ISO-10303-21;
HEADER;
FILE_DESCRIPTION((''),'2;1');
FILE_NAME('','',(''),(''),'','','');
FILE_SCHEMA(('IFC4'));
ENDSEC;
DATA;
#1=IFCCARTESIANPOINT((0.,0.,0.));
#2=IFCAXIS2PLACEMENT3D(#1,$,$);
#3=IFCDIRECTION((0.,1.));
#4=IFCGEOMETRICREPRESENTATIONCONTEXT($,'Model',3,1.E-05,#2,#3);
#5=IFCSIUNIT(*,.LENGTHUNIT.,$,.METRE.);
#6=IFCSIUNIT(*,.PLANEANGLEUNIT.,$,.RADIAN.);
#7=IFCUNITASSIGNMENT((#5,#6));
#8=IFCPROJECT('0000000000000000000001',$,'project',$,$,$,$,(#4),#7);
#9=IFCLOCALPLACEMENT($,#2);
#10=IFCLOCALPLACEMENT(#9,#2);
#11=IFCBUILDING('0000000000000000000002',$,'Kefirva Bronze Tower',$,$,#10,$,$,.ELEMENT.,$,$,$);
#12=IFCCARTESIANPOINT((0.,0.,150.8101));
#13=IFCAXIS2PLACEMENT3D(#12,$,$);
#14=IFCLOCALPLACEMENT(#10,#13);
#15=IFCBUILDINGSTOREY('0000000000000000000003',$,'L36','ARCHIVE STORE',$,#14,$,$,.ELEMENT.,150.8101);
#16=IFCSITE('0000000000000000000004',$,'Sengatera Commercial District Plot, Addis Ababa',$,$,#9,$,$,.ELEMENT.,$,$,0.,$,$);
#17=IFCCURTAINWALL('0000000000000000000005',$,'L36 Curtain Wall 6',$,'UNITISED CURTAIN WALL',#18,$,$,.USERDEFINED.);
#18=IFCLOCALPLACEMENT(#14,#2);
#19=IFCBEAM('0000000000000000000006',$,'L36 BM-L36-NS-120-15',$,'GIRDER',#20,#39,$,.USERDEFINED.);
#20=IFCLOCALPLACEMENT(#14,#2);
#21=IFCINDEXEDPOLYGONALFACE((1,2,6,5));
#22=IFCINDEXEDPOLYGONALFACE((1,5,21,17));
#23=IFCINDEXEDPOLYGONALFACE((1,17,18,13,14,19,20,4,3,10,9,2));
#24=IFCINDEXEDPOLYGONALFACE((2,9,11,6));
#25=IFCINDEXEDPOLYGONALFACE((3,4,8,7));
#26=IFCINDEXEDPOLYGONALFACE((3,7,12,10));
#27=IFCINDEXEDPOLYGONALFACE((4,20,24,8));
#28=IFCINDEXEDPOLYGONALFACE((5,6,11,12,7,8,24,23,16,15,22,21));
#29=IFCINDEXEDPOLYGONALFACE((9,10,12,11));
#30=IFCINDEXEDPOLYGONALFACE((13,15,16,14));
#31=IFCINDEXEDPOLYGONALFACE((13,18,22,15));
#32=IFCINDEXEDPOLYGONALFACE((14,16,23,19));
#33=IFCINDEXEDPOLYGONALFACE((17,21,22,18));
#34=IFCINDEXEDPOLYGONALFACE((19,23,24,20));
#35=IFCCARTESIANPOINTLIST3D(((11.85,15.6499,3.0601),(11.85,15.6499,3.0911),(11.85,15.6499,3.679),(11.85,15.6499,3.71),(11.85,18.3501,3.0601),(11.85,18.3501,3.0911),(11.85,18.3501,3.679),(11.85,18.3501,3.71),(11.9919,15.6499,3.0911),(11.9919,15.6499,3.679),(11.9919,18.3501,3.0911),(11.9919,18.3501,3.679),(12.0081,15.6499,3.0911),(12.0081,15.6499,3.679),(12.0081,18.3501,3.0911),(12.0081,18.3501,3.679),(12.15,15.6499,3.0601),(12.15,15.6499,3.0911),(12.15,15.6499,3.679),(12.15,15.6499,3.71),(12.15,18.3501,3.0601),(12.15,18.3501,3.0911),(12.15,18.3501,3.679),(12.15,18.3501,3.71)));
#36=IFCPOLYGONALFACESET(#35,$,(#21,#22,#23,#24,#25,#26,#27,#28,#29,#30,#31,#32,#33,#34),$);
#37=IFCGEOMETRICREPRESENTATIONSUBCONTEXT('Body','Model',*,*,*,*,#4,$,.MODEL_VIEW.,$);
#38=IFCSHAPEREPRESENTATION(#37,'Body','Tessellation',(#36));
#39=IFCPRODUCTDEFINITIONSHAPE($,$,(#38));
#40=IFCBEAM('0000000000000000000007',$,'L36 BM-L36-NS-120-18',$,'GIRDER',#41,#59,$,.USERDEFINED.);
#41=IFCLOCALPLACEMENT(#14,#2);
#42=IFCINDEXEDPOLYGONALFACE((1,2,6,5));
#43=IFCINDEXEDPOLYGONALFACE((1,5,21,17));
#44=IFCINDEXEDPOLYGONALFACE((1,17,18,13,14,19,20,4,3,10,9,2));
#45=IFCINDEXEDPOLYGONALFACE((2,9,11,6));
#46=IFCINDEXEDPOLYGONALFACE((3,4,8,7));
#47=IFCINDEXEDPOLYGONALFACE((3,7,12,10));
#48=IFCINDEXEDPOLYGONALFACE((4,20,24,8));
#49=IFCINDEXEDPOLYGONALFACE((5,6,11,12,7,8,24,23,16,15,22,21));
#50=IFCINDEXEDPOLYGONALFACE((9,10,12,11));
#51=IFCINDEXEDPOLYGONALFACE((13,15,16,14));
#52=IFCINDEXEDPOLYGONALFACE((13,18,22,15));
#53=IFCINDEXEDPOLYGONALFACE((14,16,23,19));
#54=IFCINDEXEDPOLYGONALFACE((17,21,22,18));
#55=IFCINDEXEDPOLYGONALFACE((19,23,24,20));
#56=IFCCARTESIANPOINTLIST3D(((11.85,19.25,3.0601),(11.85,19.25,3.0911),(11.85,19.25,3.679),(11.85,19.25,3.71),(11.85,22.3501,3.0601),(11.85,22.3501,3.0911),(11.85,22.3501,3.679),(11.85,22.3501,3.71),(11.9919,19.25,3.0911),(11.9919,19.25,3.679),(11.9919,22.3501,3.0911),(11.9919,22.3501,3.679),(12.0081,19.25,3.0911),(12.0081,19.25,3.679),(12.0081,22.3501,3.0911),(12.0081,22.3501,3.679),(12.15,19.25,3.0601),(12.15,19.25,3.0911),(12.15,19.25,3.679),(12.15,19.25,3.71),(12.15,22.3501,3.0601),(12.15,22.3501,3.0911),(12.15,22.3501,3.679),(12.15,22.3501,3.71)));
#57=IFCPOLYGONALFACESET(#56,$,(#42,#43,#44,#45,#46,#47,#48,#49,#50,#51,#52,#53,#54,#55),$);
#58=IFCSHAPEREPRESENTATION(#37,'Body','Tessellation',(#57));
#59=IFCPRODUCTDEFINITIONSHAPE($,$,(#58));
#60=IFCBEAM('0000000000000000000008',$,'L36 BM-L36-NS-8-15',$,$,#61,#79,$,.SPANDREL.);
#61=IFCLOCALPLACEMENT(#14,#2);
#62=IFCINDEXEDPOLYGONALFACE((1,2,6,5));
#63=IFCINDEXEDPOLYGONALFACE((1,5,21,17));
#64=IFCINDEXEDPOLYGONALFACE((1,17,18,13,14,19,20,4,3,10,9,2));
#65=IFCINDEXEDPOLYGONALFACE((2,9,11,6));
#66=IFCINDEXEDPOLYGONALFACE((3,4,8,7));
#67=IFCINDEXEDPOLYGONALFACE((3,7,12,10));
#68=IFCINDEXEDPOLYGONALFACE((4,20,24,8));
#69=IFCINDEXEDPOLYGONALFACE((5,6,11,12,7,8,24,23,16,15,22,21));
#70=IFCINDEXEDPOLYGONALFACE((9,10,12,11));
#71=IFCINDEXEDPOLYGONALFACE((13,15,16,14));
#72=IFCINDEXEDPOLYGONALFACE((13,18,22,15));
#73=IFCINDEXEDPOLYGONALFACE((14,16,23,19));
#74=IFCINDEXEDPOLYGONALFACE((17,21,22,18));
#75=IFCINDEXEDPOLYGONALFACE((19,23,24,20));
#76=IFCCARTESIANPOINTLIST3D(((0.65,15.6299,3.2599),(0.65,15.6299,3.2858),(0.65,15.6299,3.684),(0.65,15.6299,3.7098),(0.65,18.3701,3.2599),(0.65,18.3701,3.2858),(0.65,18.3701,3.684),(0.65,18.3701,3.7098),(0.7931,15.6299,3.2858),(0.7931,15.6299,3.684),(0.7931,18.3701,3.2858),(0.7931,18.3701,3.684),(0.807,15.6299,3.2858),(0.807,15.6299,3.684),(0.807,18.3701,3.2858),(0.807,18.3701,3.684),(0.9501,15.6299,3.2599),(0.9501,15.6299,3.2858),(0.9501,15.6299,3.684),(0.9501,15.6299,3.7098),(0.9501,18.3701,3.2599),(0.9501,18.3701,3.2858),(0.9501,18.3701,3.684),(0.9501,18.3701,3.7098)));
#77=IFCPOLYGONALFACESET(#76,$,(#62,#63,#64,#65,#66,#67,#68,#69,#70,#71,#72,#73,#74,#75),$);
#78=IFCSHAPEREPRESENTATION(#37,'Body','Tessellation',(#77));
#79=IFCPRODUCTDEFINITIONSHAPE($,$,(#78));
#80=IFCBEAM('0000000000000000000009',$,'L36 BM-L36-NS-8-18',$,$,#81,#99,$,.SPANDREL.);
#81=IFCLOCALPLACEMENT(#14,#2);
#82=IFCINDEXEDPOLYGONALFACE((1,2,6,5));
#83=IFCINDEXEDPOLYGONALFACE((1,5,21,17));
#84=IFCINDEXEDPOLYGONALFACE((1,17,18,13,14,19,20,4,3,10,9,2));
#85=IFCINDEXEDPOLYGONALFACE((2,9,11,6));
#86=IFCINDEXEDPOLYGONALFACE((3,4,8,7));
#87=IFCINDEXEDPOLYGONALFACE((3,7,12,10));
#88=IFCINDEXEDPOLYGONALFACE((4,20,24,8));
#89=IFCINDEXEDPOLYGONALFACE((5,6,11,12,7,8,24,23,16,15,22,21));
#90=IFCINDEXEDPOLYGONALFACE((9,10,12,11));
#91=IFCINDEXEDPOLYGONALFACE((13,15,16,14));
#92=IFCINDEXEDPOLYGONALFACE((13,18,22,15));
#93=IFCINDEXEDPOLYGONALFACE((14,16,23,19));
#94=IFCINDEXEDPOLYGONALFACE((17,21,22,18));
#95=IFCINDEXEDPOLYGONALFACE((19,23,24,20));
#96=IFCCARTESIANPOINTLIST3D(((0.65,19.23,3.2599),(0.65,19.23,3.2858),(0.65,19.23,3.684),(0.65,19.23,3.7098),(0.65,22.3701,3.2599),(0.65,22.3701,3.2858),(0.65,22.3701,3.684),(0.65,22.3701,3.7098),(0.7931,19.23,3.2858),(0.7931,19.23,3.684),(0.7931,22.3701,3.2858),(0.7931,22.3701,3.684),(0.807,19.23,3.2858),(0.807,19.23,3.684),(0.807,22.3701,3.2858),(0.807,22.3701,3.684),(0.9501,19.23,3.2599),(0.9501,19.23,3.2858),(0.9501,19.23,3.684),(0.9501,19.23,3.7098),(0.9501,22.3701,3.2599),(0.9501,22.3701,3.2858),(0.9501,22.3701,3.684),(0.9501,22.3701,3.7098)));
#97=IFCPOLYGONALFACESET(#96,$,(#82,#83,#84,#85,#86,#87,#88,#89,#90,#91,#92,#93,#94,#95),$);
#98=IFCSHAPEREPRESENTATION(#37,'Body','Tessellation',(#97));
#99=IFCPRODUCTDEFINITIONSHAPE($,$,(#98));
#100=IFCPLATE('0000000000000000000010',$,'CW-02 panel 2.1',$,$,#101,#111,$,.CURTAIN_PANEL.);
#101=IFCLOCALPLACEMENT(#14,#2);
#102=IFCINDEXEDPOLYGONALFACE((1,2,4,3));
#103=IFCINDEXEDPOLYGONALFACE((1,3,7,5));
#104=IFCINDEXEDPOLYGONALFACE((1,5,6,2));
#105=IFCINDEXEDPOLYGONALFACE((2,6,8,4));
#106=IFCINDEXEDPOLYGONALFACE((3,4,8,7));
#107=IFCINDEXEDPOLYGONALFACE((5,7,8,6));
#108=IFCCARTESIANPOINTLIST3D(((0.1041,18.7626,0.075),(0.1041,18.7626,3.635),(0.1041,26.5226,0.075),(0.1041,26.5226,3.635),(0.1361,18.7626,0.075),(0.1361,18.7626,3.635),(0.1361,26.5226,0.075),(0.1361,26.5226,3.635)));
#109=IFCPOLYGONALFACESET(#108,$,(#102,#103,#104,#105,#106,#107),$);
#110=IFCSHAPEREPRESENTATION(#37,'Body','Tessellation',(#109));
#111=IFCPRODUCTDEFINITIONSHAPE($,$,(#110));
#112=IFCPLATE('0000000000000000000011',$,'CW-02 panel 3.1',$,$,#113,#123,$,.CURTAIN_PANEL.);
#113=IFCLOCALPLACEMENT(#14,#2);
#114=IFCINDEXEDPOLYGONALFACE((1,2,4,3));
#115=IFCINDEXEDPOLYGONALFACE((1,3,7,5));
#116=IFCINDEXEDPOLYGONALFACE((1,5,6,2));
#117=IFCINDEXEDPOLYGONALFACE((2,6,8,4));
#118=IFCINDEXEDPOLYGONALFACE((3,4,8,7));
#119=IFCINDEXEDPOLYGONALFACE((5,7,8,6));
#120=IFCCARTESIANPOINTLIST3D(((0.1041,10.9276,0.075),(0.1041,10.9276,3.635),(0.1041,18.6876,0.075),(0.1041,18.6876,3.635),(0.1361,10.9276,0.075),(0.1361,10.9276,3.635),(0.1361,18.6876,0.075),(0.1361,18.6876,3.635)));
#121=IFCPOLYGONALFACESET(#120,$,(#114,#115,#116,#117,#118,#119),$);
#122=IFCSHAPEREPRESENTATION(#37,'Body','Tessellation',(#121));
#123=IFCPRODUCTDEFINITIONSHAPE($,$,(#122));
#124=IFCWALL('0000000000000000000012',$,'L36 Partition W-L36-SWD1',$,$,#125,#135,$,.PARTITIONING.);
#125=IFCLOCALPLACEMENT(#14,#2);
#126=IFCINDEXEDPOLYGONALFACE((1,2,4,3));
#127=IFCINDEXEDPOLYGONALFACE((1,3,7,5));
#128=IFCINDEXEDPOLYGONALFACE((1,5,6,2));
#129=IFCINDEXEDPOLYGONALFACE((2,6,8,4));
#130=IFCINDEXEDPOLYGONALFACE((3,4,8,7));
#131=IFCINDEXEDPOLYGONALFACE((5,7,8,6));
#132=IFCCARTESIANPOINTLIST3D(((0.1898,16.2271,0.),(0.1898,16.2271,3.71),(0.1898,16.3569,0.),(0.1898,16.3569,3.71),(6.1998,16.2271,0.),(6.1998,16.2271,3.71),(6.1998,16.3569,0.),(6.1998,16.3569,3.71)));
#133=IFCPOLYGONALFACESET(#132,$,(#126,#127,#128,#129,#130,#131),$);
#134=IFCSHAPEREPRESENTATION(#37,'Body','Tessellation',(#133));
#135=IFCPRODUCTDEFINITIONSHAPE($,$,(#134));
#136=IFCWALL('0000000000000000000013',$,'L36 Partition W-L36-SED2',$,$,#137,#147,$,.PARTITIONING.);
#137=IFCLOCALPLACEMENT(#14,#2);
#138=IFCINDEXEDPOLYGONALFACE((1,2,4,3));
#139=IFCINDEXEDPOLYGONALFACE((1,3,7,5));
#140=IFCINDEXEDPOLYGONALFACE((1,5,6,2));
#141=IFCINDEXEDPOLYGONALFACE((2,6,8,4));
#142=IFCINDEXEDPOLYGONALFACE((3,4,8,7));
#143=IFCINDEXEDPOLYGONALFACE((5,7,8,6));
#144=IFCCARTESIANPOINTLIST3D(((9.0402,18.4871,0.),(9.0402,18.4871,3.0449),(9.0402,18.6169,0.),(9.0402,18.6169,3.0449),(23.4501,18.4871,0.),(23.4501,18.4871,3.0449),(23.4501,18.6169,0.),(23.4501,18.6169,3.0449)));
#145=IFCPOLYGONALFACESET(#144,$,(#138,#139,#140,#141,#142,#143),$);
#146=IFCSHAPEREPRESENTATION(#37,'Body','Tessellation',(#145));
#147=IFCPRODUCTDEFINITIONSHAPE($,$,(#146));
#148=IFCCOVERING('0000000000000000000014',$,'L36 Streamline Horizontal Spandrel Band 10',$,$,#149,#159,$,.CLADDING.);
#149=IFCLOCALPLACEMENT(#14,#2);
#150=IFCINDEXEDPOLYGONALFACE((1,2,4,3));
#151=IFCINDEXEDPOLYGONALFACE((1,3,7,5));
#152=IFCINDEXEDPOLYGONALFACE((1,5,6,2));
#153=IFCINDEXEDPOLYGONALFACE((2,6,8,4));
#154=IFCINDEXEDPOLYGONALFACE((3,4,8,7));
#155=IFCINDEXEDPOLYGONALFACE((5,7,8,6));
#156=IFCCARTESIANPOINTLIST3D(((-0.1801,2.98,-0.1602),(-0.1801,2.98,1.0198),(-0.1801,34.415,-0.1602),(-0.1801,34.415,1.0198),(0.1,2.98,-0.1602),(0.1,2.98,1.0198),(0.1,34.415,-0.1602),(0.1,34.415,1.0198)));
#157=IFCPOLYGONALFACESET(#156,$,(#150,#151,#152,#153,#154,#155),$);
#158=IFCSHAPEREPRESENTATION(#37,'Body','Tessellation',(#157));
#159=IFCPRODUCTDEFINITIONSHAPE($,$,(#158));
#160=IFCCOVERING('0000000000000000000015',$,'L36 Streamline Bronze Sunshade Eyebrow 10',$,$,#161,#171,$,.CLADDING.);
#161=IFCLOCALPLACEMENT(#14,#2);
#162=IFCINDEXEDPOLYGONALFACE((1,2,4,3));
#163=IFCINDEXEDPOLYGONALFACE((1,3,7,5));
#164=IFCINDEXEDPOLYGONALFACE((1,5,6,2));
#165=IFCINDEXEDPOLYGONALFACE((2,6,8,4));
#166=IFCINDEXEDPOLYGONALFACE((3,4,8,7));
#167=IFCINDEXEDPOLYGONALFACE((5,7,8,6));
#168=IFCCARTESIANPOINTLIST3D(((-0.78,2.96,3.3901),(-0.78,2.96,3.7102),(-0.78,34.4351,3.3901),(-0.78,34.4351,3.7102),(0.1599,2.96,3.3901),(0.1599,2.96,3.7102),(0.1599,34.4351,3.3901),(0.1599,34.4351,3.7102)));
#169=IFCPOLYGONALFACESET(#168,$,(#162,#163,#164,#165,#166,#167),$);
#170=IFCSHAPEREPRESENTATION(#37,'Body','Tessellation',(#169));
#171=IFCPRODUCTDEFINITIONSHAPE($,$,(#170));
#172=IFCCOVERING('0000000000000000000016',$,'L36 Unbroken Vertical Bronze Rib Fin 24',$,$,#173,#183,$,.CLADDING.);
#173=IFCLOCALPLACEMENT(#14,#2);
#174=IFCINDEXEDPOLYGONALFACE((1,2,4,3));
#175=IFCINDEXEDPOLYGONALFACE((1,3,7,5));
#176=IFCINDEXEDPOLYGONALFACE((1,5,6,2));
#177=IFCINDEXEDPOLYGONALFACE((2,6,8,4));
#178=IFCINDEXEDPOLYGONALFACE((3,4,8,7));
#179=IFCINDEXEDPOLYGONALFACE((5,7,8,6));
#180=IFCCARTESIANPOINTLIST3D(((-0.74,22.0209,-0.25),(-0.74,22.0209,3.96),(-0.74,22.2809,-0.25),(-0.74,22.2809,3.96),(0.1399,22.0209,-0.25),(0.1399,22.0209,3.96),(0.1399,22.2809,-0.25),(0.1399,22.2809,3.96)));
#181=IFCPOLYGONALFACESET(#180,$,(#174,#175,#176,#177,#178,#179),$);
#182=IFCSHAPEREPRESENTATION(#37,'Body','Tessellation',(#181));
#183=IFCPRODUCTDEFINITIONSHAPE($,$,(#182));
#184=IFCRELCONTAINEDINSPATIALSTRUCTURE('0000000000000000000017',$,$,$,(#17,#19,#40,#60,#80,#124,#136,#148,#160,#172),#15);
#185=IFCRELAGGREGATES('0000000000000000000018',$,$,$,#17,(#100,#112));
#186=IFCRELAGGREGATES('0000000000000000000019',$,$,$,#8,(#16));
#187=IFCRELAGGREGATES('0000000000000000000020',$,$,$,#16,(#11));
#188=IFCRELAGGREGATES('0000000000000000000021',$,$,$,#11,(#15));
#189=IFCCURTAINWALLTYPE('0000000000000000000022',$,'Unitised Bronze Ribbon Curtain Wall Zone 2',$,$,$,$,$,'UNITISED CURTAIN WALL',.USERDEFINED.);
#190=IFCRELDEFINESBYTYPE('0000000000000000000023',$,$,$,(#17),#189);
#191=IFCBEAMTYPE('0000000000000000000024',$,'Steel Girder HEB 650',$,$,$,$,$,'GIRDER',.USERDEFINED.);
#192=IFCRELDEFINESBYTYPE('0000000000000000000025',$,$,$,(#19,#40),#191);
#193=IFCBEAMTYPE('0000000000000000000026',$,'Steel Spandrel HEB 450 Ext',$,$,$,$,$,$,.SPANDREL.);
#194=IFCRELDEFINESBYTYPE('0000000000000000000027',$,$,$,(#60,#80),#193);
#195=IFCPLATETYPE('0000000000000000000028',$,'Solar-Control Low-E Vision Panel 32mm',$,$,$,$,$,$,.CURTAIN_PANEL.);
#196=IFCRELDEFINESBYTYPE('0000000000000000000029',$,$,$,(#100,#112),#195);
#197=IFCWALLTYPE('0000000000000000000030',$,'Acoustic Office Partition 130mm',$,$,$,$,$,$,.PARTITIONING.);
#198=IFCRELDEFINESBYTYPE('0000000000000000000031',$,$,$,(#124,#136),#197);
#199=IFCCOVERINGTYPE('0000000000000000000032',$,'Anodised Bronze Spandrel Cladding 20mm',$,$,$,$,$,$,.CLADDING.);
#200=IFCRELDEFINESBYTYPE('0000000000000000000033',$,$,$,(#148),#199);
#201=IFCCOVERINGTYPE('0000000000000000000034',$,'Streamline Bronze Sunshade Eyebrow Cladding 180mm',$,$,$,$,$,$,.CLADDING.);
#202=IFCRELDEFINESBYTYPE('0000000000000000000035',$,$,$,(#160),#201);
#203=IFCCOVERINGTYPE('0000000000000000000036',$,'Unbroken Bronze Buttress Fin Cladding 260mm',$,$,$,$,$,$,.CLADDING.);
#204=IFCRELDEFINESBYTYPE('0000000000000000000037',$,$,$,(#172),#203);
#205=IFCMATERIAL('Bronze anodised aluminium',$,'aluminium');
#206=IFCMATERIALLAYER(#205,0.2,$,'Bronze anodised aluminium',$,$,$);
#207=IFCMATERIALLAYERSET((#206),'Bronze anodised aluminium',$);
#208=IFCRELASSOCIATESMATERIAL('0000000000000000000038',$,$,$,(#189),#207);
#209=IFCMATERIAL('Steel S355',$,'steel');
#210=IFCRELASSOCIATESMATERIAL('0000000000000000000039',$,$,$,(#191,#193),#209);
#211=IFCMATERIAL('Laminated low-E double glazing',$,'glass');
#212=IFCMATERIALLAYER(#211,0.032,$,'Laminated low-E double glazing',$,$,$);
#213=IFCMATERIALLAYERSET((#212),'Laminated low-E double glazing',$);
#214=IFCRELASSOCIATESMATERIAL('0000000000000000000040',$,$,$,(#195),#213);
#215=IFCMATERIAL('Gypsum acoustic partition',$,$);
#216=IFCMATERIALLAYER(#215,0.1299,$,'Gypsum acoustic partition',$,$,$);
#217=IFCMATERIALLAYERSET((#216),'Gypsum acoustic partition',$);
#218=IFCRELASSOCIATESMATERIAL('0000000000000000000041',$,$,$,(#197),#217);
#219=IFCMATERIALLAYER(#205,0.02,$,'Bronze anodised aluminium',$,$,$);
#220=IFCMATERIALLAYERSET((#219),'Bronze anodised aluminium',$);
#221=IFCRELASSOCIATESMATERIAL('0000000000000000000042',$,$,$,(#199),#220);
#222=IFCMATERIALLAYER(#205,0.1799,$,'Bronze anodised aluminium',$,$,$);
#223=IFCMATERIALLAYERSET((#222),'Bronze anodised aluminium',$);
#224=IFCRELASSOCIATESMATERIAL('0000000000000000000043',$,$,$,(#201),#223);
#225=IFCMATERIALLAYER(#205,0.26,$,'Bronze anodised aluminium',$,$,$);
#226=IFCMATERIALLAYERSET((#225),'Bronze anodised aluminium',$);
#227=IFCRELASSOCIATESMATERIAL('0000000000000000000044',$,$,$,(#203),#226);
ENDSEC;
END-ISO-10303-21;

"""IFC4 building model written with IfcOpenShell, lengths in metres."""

from ifc_helpers import new_model, si_unit, direction, frame, frame_2d, origin, origin_2d, place, context, subcontext, project, spatial, rectangle, i_section, extrude, material, layer, layer_set, material_profile, profile_set, type_object, element, aggregate, save


model = new_model("IFC4")

# Units and contexts
model_context = context("Model", 3, precision=1e-05, world=origin(), true_north=direction((0.0, 1.0)))
body_context = subcontext(model_context, "Body", "Model", "MODEL_VIEW")
ifc_project = project(units=[si_unit("LENGTHUNIT", "METRE"), si_unit("PLANEANGLEUNIT", "RADIAN")], contexts=[model_context])

# Site, building, storey
site_placement = place(None, origin())
site = spatial("IfcSite", under=ifc_project, at=site_placement, Name="Sengatera Commercial District Plot, Addis Ababa", CompositionType="ELEMENT", RefElevation=0.0)
building_placement = place(site_placement, origin())
building = spatial("IfcBuilding", under=site, at=building_placement, Name="Kefirva Bronze Tower", CompositionType="ELEMENT")
storey_placement = place(building_placement, frame((0.0, 0.0, 150.8101)))
storey = spatial("IfcBuildingStorey", under=building, at=storey_placement, Name="L36", Description="ARCHIVE STORE", CompositionType="ELEMENT", Elevation=150.8101)

# Curtain wall
ifc_material_1 = material(Name="Bronze anodised aluminium", Category="aluminium")
ifc_layer_1 = layer(ifc_material_1, 0.2, Name="Bronze anodised aluminium")
ifc_layer_set_1 = layer_set([ifc_layer_1], Name="Bronze anodised aluminium")
curtain_wall_type = type_object("IfcCurtainWallType", Name="Unitised Bronze Ribbon Curtain Wall Zone 2", ElementType="UNITISED CURTAIN WALL", PredefinedType="USERDEFINED", material=ifc_layer_set_1)
curtain_wall_placement = place(storey_placement, origin())
curtain_wall = element("IfcCurtainWall", 1, at=curtain_wall_placement, inside=storey, type_object=curtain_wall_type, Name="L36 Curtain Wall 6", ObjectType="UNITISED CURTAIN WALL", PredefinedType="USERDEFINED")

# Beams
ifc_material_2 = material(Name="Steel S355", Category="steel")
ifc_material_profile_1 = material_profile(ifc_material_2, i_section(OverallWidth=0.3, OverallDepth=0.6499, WebThickness=0.0161, FlangeThickness=0.031, at=origin_2d()), Name="HEB 650")
ifc_profile_set_1 = profile_set([ifc_material_profile_1], Name="Steel S355")
beam_type_1 = type_object("IfcBeamType", Name="Steel Girder HEB 650", ElementType="GIRDER", PredefinedType="USERDEFINED", material=ifc_profile_set_1)
beam_1_placement = place(storey_placement, frame((12.0, 15.6499, 3.385), z_axis=(0.0, 1.0, 0.0), x_axis=(-1.0, 0.0, 0.0)))
element("IfcBeam", 2, at=beam_1_placement, inside=storey, type_object=beam_type_1, Name="L36 BM-L36-NS-120-15", ObjectType="GIRDER", PredefinedType="USERDEFINED", context=body_context, shape_type="SweptSolid", body=[
    extrude(i_section(OverallWidth=0.3, OverallDepth=0.6499, WebThickness=0.0161, FlangeThickness=0.031, at=origin_2d()), origin(), (0.0, 0.0, 1.0), 2.7002),
])
beam_2_placement = place(storey_placement, frame((12.0, 19.25, 3.385), z_axis=(0.0, 1.0, 0.0), x_axis=(-1.0, 0.0, 0.0)))
element("IfcBeam", 3, at=beam_2_placement, inside=storey, type_object=beam_type_1, Name="L36 BM-L36-NS-120-18", ObjectType="GIRDER", PredefinedType="USERDEFINED", context=body_context, shape_type="SweptSolid", body=[
    extrude(i_section(OverallWidth=0.3, OverallDepth=0.6499, WebThickness=0.0161, FlangeThickness=0.031, at=origin_2d()), origin(), (0.0, 0.0, 1.0), 3.1001),
])
ifc_material_profile_2 = material_profile(ifc_material_2, i_section(OverallWidth=0.3, OverallDepth=0.45, WebThickness=0.0139, FlangeThickness=0.0259, at=origin_2d()), Name="HEB 450")
ifc_profile_set_2 = profile_set([ifc_material_profile_2], Name="Steel S355")
beam_type_2 = type_object("IfcBeamType", Name="Steel Spandrel HEB 450 Ext", PredefinedType="SPANDREL", material=ifc_profile_set_2)
beam_3_placement = place(storey_placement, frame((0.8, 15.6299, 3.4849), z_axis=(0.0, 1.0, 0.0), x_axis=(-1.0, 0.0, 0.0)))
element("IfcBeam", 4, at=beam_3_placement, inside=storey, type_object=beam_type_2, Name="L36 BM-L36-NS-8-15", PredefinedType="SPANDREL", context=body_context, shape_type="SweptSolid", body=[
    extrude(i_section(OverallWidth=0.3, OverallDepth=0.45, WebThickness=0.0139, FlangeThickness=0.0259, at=origin_2d()), origin(), (0.0, 0.0, 1.0), 2.7402),
])
beam_4_placement = place(storey_placement, frame((0.8, 19.23, 3.4849), z_axis=(0.0, 1.0, 0.0), x_axis=(-1.0, 0.0, 0.0)))
element("IfcBeam", 5, at=beam_4_placement, inside=storey, type_object=beam_type_2, Name="L36 BM-L36-NS-8-18", PredefinedType="SPANDREL", context=body_context, shape_type="SweptSolid", body=[
    extrude(i_section(OverallWidth=0.3, OverallDepth=0.45, WebThickness=0.0139, FlangeThickness=0.0259, at=origin_2d()), origin(), (0.0, 0.0, 1.0), 3.1401),
])

# Plates
ifc_material_3 = material(Name="Laminated low-E double glazing", Category="glass")
ifc_layer_2 = layer(ifc_material_3, 0.032, Name="Laminated low-E double glazing")
ifc_layer_set_2 = layer_set([ifc_layer_2], Name="Laminated low-E double glazing")
plate_type = type_object("IfcPlateType", Name="Solar-Control Low-E Vision Panel 32mm", PredefinedType="CURTAIN_PANEL", material=ifc_layer_set_2)
plate_1_placement = place(storey_placement, frame((0.1201, 22.6426, 0.075), z_axis=(0.0, 0.0, 1.0), x_axis=(0.0, -1.0, 0.0)))
plate_1 = element("IfcPlate", 6, at=plate_1_placement, type_object=plate_type, Name="CW-02 panel 2.1", PredefinedType="CURTAIN_PANEL", context=body_context, shape_type="SweptSolid", body=[
    extrude(rectangle(XDim=7.76, YDim=0.032, at=origin_2d()), origin(), (0.0, 0.0, 1.0), 3.5601),
])
plate_2_placement = place(storey_placement, frame((0.1201, 14.8076, 0.075), z_axis=(0.0, 0.0, 1.0), x_axis=(0.0, -1.0, 0.0)))
plate_2 = element("IfcPlate", 7, at=plate_2_placement, type_object=plate_type, Name="CW-02 panel 3.1", PredefinedType="CURTAIN_PANEL", context=body_context, shape_type="SweptSolid", body=[
    extrude(rectangle(XDim=7.76, YDim=0.032, at=origin_2d()), origin(), (0.0, 0.0, 1.0), 3.5601),
])
aggregate(curtain_wall, [plate_1, plate_2])

# Walls
ifc_material_4 = material(Name="Gypsum acoustic partition")
ifc_layer_3 = layer(ifc_material_4, 0.1299, Name="Gypsum acoustic partition")
ifc_layer_set_3 = layer_set([ifc_layer_3], Name="Gypsum acoustic partition")
wall_type = type_object("IfcWallType", Name="Acoustic Office Partition 130mm", PredefinedType="PARTITIONING", material=ifc_layer_set_3)
wall_1_placement = place(storey_placement, frame((0.1899, 16.292, 0.0), z_axis=(0.0, 0.0, 1.0), x_axis=(1.0, 0.0, 0.0)))
element("IfcWall", 8, at=wall_1_placement, inside=storey, type_object=wall_type, Name="L36 Partition W-L36-SWD1", PredefinedType="PARTITIONING", context=body_context, shape_type="SweptSolid", body=[
    extrude(rectangle(XDim=6.01, YDim=0.1299, at=frame_2d((3.0049, 0.0))), origin(), (0.0, 0.0, 1.0), 3.71),
])
wall_2_placement = place(storey_placement, frame((9.04, 18.552, 0.0), z_axis=(0.0, 0.0, 1.0), x_axis=(1.0, 0.0, 0.0)))
element("IfcWall", 9, at=wall_2_placement, inside=storey, type_object=wall_type, Name="L36 Partition W-L36-SED2", PredefinedType="PARTITIONING", context=body_context, shape_type="SweptSolid", body=[
    extrude(rectangle(XDim=14.4099, YDim=0.1299, at=frame_2d((7.2051, 0.0))), origin(), (0.0, 0.0, 1.0), 3.0449),
])

# Coverings
ifc_layer_4 = layer(ifc_material_1, 0.02, Name="Bronze anodised aluminium")
ifc_layer_set_4 = layer_set([ifc_layer_4], Name="Bronze anodised aluminium")
covering_type_1 = type_object("IfcCoveringType", Name="Anodised Bronze Spandrel Cladding 20mm", PredefinedType="CLADDING", material=ifc_layer_set_4)
covering_1_placement = place(storey_placement, frame((-0.04, 18.6975, -0.1602), z_axis=(0.0, 0.0, 1.0), x_axis=(0.0, -1.0, 0.0)))
element("IfcCovering", 10, at=covering_1_placement, inside=storey, type_object=covering_type_1, Name="L36 Streamline Horizontal Spandrel Band 10", PredefinedType="CLADDING", context=body_context, shape_type="SweptSolid", body=[
    extrude(rectangle(XDim=31.4351, YDim=0.28, at=origin_2d()), origin(), (0.0, 0.0, 1.0), 1.1799),
])
ifc_layer_5 = layer(ifc_material_1, 0.1799, Name="Bronze anodised aluminium")
ifc_layer_set_5 = layer_set([ifc_layer_5], Name="Bronze anodised aluminium")
covering_type_2 = type_object("IfcCoveringType", Name="Streamline Bronze Sunshade Eyebrow Cladding 180mm", PredefinedType="CLADDING", material=ifc_layer_set_5)
covering_2_placement = place(storey_placement, frame((-0.3101, 18.6975, 3.3901), z_axis=(0.0, 0.0, 1.0), x_axis=(0.0, -1.0, 0.0)))
element("IfcCovering", 11, at=covering_2_placement, inside=storey, type_object=covering_type_2, Name="L36 Streamline Bronze Sunshade Eyebrow 10", PredefinedType="CLADDING", context=body_context, shape_type="SweptSolid", body=[
    extrude(rectangle(XDim=31.4751, YDim=0.9399, at=origin_2d()), origin(), (0.0, 0.0, 1.0), 0.3201),
])
ifc_layer_6 = layer(ifc_material_1, 0.26, Name="Bronze anodised aluminium")
ifc_layer_set_6 = layer_set([ifc_layer_6], Name="Bronze anodised aluminium")
covering_type_3 = type_object("IfcCoveringType", Name="Unbroken Bronze Buttress Fin Cladding 260mm", PredefinedType="CLADDING", material=ifc_layer_set_6)
for number, where, z_axis, x_axis, name in (
    (12, (-0.3, 22.1509, -0.25), (0.0, 0.0, 1.0), (0.0, -1.0, 0.0), "L36 Unbroken Vertical Bronze Rib Fin 24"),
):
    element("IfcCovering", number, at=place(storey_placement, frame(where, z_axis=z_axis, x_axis=x_axis)), inside=storey, type_object=covering_type_3, Name=name, PredefinedType="CLADDING", context=body_context, shape_type="SweptSolid", body=[
        extrude(rectangle(XDim=0.26, YDim=0.8799, at=origin_2d()), origin(), (0.0, 0.0, 1.0), 4.21),
    ])

save(model, "model.ifc")
